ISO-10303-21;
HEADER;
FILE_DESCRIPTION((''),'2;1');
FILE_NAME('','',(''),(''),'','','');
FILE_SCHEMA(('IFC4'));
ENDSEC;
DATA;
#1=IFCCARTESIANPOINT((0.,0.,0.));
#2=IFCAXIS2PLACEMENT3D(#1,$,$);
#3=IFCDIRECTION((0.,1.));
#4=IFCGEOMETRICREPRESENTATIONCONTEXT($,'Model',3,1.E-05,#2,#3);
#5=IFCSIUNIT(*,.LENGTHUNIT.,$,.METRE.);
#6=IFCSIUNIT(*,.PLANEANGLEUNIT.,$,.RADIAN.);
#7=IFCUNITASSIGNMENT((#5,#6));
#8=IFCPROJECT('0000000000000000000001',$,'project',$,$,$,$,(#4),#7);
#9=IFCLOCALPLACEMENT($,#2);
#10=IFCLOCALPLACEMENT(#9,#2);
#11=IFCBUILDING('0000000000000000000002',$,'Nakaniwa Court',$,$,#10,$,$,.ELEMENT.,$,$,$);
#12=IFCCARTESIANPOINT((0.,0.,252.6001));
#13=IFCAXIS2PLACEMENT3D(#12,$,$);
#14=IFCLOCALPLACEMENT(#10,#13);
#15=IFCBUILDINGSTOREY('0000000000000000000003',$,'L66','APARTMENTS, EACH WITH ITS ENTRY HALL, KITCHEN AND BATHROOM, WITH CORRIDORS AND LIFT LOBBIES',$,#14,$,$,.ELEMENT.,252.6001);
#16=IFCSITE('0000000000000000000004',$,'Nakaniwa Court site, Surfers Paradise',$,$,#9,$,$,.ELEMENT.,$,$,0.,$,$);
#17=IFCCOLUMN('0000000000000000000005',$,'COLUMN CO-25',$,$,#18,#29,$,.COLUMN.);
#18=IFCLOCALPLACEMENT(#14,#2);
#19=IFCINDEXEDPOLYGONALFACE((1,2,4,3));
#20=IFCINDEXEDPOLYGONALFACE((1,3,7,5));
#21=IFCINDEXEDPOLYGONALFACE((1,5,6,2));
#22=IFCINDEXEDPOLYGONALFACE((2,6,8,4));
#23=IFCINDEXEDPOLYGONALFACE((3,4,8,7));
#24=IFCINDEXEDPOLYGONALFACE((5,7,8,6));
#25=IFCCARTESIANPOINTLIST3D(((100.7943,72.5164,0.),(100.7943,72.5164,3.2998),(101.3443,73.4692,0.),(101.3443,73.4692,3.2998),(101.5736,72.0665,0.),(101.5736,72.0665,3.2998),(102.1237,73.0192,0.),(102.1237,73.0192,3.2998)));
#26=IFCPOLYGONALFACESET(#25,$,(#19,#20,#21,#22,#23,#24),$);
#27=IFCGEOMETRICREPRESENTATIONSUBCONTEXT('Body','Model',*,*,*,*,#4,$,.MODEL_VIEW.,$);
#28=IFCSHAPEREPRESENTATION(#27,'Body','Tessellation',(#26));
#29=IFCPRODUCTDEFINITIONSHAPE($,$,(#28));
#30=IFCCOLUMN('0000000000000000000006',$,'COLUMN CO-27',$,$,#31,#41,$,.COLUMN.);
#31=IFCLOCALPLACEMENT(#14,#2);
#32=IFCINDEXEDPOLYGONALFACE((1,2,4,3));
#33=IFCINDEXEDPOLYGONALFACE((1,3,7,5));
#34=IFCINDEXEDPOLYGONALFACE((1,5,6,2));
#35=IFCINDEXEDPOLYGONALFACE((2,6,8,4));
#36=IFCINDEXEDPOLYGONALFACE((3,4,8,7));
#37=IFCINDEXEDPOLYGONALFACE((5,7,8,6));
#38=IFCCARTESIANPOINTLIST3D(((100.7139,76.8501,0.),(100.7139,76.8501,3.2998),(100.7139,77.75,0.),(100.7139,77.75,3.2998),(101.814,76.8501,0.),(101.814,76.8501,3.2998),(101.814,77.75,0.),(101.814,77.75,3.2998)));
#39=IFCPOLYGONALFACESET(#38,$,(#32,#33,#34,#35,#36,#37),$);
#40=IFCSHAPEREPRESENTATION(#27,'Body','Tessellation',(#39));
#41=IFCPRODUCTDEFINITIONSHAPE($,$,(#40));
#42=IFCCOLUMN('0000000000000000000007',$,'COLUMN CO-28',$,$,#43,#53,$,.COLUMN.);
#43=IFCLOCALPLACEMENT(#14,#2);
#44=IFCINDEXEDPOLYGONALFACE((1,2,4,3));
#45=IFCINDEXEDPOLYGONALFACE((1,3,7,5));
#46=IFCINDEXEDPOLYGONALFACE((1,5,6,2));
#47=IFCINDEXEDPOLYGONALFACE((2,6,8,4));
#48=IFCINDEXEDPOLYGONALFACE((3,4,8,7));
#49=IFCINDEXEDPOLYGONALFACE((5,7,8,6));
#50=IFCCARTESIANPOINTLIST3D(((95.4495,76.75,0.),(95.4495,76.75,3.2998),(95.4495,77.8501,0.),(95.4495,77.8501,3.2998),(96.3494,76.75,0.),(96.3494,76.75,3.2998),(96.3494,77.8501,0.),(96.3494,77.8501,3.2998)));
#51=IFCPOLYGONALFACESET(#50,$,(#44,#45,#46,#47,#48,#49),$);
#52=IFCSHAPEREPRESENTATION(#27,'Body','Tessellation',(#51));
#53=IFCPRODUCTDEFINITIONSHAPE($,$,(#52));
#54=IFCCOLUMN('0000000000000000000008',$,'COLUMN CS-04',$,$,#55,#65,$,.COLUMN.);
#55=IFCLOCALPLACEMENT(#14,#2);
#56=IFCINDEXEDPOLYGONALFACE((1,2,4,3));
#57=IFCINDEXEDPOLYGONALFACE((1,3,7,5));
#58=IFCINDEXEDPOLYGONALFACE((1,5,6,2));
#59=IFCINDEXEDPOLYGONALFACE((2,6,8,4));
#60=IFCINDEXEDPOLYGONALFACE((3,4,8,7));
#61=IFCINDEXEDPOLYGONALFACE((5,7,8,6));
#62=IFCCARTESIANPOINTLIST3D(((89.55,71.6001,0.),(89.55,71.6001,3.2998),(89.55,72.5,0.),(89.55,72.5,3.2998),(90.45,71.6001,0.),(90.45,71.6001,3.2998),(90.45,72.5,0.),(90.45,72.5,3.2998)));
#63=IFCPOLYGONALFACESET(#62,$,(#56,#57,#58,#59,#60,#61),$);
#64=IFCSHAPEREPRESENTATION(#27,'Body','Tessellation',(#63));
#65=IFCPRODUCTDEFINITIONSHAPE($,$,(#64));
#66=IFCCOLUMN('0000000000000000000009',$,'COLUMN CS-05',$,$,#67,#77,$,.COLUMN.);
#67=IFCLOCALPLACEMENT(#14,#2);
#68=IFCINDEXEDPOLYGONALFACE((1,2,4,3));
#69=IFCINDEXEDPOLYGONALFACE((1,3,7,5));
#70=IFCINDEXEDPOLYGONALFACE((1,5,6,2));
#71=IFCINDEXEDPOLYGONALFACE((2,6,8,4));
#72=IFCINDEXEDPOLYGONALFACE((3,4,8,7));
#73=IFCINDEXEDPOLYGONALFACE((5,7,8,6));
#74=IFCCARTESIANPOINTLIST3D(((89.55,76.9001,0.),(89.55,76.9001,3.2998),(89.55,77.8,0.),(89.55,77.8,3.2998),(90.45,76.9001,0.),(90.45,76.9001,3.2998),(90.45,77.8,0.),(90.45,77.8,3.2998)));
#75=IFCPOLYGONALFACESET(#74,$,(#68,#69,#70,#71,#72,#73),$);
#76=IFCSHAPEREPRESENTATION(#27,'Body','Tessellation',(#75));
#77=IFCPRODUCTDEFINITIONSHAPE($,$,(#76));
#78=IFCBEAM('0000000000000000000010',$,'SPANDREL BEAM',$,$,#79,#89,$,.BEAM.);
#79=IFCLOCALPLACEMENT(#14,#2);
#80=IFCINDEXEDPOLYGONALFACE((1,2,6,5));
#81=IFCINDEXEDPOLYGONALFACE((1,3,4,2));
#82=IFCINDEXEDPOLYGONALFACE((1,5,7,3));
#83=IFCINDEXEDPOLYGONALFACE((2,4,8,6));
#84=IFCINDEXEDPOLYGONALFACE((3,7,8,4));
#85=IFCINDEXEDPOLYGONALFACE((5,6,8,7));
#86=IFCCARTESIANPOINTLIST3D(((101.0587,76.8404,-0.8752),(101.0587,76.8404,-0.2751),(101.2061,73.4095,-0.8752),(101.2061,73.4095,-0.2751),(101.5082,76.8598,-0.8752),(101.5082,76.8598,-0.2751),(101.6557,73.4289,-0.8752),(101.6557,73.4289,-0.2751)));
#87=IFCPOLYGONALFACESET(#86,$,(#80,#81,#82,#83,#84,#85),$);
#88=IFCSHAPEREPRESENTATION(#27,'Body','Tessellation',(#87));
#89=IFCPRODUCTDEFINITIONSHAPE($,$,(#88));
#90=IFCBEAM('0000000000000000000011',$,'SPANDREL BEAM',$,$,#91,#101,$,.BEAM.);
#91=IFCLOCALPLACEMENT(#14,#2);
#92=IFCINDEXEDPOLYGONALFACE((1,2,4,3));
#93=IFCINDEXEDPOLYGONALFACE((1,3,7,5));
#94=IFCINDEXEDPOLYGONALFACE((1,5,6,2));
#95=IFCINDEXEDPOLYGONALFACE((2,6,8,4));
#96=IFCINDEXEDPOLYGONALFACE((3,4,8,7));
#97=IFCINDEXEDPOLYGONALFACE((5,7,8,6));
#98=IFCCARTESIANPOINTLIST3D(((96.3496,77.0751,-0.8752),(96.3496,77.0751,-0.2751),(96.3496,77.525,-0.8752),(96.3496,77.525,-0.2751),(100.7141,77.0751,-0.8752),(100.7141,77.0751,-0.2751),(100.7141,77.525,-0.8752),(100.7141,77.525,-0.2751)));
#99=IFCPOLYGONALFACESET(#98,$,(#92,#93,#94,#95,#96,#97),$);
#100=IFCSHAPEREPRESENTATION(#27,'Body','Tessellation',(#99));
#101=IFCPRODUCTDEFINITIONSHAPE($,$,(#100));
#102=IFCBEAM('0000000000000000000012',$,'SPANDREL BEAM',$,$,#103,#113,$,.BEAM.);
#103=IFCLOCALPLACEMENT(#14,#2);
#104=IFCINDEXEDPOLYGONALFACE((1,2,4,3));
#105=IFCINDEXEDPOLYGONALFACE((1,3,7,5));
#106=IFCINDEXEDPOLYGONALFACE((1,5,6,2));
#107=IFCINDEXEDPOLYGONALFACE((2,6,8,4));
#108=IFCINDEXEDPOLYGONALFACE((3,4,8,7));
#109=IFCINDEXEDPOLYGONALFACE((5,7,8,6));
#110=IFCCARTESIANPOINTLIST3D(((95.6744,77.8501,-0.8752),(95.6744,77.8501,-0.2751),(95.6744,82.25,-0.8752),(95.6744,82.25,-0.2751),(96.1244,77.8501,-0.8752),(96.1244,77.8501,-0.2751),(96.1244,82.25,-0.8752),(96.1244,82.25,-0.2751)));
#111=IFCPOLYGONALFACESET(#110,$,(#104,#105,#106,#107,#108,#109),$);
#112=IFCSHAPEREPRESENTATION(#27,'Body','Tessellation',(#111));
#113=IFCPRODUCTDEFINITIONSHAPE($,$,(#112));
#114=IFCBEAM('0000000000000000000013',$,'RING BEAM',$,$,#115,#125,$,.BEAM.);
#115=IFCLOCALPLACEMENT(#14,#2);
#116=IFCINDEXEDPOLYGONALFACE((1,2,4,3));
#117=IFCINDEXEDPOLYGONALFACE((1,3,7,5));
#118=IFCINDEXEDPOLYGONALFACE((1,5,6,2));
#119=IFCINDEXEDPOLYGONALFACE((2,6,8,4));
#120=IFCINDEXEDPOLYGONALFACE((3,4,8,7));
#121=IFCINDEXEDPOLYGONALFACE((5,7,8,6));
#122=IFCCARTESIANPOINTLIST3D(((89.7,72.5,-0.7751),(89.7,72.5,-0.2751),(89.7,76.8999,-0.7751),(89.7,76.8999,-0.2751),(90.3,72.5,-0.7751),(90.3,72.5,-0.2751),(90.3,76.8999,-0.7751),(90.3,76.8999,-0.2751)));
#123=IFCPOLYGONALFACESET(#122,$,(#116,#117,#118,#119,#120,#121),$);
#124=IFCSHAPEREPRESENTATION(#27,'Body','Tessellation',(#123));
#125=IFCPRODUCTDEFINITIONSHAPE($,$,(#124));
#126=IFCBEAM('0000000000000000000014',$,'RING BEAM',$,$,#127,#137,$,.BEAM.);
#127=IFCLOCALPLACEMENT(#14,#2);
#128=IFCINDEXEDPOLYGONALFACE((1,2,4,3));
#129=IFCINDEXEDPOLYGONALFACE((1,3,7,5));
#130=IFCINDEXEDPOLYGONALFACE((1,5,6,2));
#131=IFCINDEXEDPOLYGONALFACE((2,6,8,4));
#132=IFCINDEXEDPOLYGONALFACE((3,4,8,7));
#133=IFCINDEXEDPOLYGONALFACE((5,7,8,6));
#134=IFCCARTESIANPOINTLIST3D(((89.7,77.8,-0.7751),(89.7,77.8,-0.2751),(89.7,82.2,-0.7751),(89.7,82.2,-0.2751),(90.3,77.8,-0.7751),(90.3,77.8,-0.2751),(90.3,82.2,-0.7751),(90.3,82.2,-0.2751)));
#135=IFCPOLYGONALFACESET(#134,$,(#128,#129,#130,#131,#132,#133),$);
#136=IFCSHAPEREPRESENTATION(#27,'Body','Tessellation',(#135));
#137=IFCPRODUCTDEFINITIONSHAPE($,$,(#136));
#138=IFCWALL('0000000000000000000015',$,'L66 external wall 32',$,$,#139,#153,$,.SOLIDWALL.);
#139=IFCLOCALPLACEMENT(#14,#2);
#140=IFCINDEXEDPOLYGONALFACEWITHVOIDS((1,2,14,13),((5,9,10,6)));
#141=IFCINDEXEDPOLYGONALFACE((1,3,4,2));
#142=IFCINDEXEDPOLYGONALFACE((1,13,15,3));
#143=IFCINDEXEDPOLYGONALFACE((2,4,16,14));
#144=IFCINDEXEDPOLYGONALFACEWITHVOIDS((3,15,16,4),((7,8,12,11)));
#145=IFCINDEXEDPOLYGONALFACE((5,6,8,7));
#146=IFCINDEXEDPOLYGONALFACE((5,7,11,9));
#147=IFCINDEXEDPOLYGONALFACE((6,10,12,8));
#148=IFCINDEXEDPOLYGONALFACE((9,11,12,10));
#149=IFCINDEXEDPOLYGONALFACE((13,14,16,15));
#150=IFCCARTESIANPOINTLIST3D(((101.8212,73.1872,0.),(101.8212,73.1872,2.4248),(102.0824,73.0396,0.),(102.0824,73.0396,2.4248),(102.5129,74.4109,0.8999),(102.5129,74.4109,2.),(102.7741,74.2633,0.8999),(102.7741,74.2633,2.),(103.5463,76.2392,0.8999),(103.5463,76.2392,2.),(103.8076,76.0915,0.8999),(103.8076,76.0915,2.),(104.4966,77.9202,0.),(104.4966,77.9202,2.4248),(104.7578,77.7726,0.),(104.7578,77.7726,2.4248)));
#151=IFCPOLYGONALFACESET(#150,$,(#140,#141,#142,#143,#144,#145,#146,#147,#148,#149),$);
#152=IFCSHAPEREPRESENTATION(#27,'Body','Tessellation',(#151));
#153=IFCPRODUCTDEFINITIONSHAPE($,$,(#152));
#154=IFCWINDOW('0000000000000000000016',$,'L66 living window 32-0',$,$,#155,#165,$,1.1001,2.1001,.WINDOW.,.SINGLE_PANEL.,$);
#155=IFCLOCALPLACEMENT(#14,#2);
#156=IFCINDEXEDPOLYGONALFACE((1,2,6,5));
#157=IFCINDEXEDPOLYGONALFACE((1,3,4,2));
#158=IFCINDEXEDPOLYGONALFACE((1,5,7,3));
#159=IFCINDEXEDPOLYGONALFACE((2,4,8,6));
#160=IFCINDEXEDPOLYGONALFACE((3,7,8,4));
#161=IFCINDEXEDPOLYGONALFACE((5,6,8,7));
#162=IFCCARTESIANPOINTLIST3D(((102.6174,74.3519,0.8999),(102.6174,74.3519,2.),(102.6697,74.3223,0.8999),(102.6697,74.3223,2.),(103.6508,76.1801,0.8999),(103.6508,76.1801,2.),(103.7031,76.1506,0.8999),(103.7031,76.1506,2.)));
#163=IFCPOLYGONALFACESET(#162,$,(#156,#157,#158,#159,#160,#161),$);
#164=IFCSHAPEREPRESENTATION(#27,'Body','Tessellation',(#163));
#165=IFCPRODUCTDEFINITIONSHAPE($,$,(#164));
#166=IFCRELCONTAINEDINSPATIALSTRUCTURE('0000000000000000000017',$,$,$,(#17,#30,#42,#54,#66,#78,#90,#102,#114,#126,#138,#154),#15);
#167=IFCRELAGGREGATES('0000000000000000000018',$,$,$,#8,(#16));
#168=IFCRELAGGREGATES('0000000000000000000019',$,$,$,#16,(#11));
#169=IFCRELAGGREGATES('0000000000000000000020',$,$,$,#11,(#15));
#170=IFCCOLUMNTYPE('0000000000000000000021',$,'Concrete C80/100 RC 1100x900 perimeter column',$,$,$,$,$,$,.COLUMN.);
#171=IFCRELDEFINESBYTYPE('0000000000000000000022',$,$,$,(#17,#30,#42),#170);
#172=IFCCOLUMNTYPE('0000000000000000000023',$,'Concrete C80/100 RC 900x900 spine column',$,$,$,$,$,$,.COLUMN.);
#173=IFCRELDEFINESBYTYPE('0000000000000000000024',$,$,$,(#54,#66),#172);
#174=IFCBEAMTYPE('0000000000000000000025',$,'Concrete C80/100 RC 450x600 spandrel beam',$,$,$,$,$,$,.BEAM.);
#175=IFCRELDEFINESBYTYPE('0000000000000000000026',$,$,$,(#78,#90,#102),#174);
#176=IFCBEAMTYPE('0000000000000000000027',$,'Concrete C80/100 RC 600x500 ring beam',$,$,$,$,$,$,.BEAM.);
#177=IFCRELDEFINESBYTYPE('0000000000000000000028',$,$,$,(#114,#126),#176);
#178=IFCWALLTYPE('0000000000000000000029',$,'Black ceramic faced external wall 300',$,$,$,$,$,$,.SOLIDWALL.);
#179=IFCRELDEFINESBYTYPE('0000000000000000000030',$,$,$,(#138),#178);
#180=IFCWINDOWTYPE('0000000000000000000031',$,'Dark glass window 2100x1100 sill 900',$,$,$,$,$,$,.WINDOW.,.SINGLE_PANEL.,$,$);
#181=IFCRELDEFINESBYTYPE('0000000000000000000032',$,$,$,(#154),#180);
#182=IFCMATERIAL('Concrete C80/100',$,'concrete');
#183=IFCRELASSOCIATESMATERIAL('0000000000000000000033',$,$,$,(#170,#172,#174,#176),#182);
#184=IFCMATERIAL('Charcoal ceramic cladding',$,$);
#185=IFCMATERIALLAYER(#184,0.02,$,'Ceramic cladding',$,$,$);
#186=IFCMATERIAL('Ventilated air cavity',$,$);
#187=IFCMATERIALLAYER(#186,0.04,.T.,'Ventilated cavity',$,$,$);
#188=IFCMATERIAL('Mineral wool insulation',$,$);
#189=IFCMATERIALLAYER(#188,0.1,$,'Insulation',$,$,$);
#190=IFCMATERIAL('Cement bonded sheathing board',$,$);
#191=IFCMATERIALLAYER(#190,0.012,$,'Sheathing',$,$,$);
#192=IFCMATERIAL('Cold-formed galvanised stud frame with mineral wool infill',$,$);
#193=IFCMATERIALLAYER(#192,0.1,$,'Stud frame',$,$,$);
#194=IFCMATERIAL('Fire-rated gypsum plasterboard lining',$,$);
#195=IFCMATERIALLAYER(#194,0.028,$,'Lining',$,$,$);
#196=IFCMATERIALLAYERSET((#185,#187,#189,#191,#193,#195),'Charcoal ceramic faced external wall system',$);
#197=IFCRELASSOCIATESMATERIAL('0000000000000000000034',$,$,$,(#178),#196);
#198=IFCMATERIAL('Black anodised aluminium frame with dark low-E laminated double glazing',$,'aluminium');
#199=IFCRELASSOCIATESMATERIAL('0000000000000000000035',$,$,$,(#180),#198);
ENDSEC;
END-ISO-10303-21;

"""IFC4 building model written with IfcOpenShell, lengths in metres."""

from ifc_helpers import new_model, si_unit, direction, frame, frame_2d, origin, origin_2d, place, context, subcontext, project, spatial, rectangle, extrude, material, layer, layer_set, material_profile, profile_set, type_object, element, fill, save


model = new_model("IFC4")

# Units and contexts
model_context = context("Model", 3, precision=1e-05, world=origin(), true_north=direction((0.0, 1.0)))
body_context = subcontext(model_context, "Body", "Model", "MODEL_VIEW")
ifc_project = project(units=[si_unit("LENGTHUNIT", "METRE"), si_unit("PLANEANGLEUNIT", "RADIAN")], contexts=[model_context])

# Site, building, storey
site_placement = place(None, origin())
site = spatial("IfcSite", under=ifc_project, at=site_placement, Name="Nakaniwa Court site, Surfers Paradise", CompositionType="ELEMENT", RefElevation=0.0)
building_placement = place(site_placement, origin())
building = spatial("IfcBuilding", under=site, at=building_placement, Name="Nakaniwa Court", CompositionType="ELEMENT")
storey_placement = place(building_placement, frame((0.0, 0.0, 252.6001)))
storey = spatial("IfcBuildingStorey", under=building, at=storey_placement, Name="L66", Description="APARTMENTS, EACH WITH ITS ENTRY HALL, KITCHEN AND BATHROOM, WITH CORRIDORS AND LIFT LOBBIES", CompositionType="ELEMENT", Elevation=252.6001)

# Columns
ifc_material_1 = material(Name="Concrete C80/100", Category="concrete")
ifc_material_profile_1 = material_profile(ifc_material_1, rectangle(XDim=1.1001, YDim=0.8999, at=origin_2d()), Name="Concrete C80/100 RC 1100x900 perimeter column")
ifc_profile_set_1 = profile_set([ifc_material_profile_1], Name="Concrete C80/100")
column_type_1 = type_object("IfcColumnType", Name="Concrete C80/100 RC 1100x900 perimeter column", PredefinedType="COLUMN", material=ifc_profile_set_1)
for number, where, z_axis, x_axis, name in (
    (1, (101.459, 72.7678, 0.0), (0.0, 0.0, 1.0), (0.5, 0.866025, 0.0), "COLUMN CO-25"),
    (2, (101.2639, 77.3, 0.0), (0.0, 0.0, 1.0), (-1.0, 0.0, 0.0), "COLUMN CO-27"),
    (3, (95.8994, 77.3, 0.0), (0.0, 0.0, 1.0), (0.0, 1.0, 0.0), "COLUMN CO-28"),
):
    element("IfcColumn", number, at=place(storey_placement, frame(where, z_axis=z_axis, x_axis=x_axis)), inside=storey, type_object=column_type_1, Name=name, PredefinedType="COLUMN", context=body_context, shape_type="SweptSolid", body=[
        extrude(rectangle(XDim=1.1001, YDim=0.8999, at=origin_2d()), origin(), (0.0, 0.0, 1.0), 3.2998),
    ])
ifc_material_profile_2 = material_profile(ifc_material_1, rectangle(XDim=0.8999, YDim=0.8999, at=origin_2d()), Name="Concrete C80/100 RC 900x900 spine column")
ifc_profile_set_2 = profile_set([ifc_material_profile_2], Name="Concrete C80/100")
column_type_2 = type_object("IfcColumnType", Name="Concrete C80/100 RC 900x900 spine column", PredefinedType="COLUMN", material=ifc_profile_set_2)
for number, where, z_axis, x_axis, name in (
    (4, (90.0, 72.05, 0.0), (0.0, 0.0, 1.0), (0.0, 1.0, 0.0), "COLUMN CS-04"),
    (5, (90.0, 77.3501, 0.0), (0.0, 0.0, 1.0), (0.0, 1.0, 0.0), "COLUMN CS-05"),
):
    element("IfcColumn", number, at=place(storey_placement, frame(where, z_axis=z_axis, x_axis=x_axis)), inside=storey, type_object=column_type_2, Name=name, PredefinedType="COLUMN", context=body_context, shape_type="SweptSolid", body=[
        extrude(rectangle(XDim=0.8999, YDim=0.8999, at=origin_2d()), origin(), (0.0, 0.0, 1.0), 3.2998),
    ])

# Beams
ifc_material_profile_3 = material_profile(ifc_material_1, rectangle(XDim=0.45, YDim=0.6001, at=origin_2d()), Name="Concrete C80/100 RC 450x600 spandrel beam")
ifc_profile_set_3 = profile_set([ifc_material_profile_3], Name="Concrete C80/100")
beam_type_1 = type_object("IfcBeamType", Name="Concrete C80/100 RC 450x600 spandrel beam", PredefinedType="BEAM", material=ifc_profile_set_3)
beam_1_placement = place(storey_placement, frame((101.4309, 73.4192, -0.5752), z_axis=(-0.042941, 0.999078, 0.0), x_axis=(-0.999078, -0.042941, 0.0)))
element("IfcBeam", 6, at=beam_1_placement, inside=storey, type_object=beam_type_1, Name="SPANDREL BEAM", PredefinedType="BEAM", context=body_context, shape_type="SweptSolid", body=[
    extrude(rectangle(XDim=0.45, YDim=0.6001, at=origin_2d()), origin(), (0.0, 0.0, 1.0), 3.4341),
])
beam_2_placement = place(storey_placement, frame((100.7141, 77.3, -0.5752), z_axis=(-1.0, 0.0, 0.0), x_axis=(0.0, -1.0, 0.0)))
element("IfcBeam", 7, at=beam_2_placement, inside=storey, type_object=beam_type_1, Name="SPANDREL BEAM", PredefinedType="BEAM", context=body_context, shape_type="SweptSolid", body=[
    extrude(rectangle(XDim=0.45, YDim=0.6001, at=origin_2d()), origin(), (0.0, 0.0, 1.0), 4.3645),
])
beam_3_placement = place(storey_placement, frame((95.8994, 77.8501, -0.5752), z_axis=(0.0, 1.0, 0.0), x_axis=(-1.0, 0.0, 0.0)))
element("IfcBeam", 8, at=beam_3_placement, inside=storey, type_object=beam_type_1, Name="SPANDREL BEAM", PredefinedType="BEAM", context=body_context, shape_type="SweptSolid", body=[
    extrude(rectangle(XDim=0.45, YDim=0.6001, at=origin_2d()), origin(), (0.0, 0.0, 1.0), 4.3999),
])
ifc_material_profile_4 = material_profile(ifc_material_1, rectangle(XDim=0.6001, YDim=0.5, at=origin_2d()), Name="Concrete C80/100 RC 600x500 ring beam")
ifc_profile_set_4 = profile_set([ifc_material_profile_4], Name="Concrete C80/100")
beam_type_2 = type_object("IfcBeamType", Name="Concrete C80/100 RC 600x500 ring beam", PredefinedType="BEAM", material=ifc_profile_set_4)
for number, where, z_axis, x_axis, name in (
    (9, (90.0, 72.5, -0.5251), (0.0, 1.0, 0.0), (-1.0, 0.0, 0.0), "RING BEAM"),
    (10, (90.0, 77.8, -0.5251), (0.0, 1.0, 0.0), (-1.0, 0.0, 0.0), "RING BEAM"),
):
    element("IfcBeam", number, at=place(storey_placement, frame(where, z_axis=z_axis, x_axis=x_axis)), inside=storey, type_object=beam_type_2, Name=name, PredefinedType="BEAM", context=body_context, shape_type="SweptSolid", body=[
        extrude(rectangle(XDim=0.6001, YDim=0.5, at=origin_2d()), origin(), (0.0, 0.0, 1.0), 4.3999),
    ])

# Wall, opening, window
ifc_material_2 = material(Name="Charcoal ceramic cladding")
ifc_layer_1 = layer(ifc_material_2, 0.02, Name="Ceramic cladding")
ifc_material_3 = material(Name="Ventilated air cavity")
ifc_layer_2 = layer(ifc_material_3, 0.04, ventilated=True, Name="Ventilated cavity")
ifc_material_4 = material(Name="Mineral wool insulation")
ifc_layer_3 = layer(ifc_material_4, 0.1, Name="Insulation")
ifc_material_5 = material(Name="Cement bonded sheathing board")
ifc_layer_4 = layer(ifc_material_5, 0.012, Name="Sheathing")
ifc_material_6 = material(Name="Cold-formed galvanised stud frame with mineral wool infill")
ifc_layer_5 = layer(ifc_material_6, 0.1, Name="Stud frame")
ifc_material_7 = material(Name="Fire-rated gypsum plasterboard lining")
ifc_layer_6 = layer(ifc_material_7, 0.028, Name="Lining")
ifc_layer_set_1 = layer_set([ifc_layer_1, ifc_layer_2, ifc_layer_3, ifc_layer_4, ifc_layer_5, ifc_layer_6], Name="Charcoal ceramic faced external wall system")
wall_type_1 = type_object("IfcWallType", Name="Black ceramic faced external wall 300", PredefinedType="SOLIDWALL", material=ifc_layer_set_1)
wall_1_placement = place(storey_placement, frame((101.9519, 73.1135, 0.0), z_axis=(0.0, 0.0, 1.0), x_axis=(0.492081, 0.870549, 0.0)))
wall_1 = element("IfcWall", 11, at=wall_1_placement, inside=storey, type_object=wall_type_1, Name="L66 external wall 32", PredefinedType="SOLIDWALL", context=body_context, shape_type="SweptSolid", body=[
    extrude(rectangle(XDim=5.4368, YDim=0.3, at=frame_2d((2.7183, 0.0))), origin(), (0.0, 0.0, 1.0), 2.4248),
])
opening_1_placement = place(wall_1_placement, frame((1.4055, 0.0, 0.8999)))
opening_1 = element("IfcOpeningElement", 12, at=opening_1_placement, cuts=wall_1, PredefinedType="OPENING", context=body_context, shape_type="SweptSolid", body=[
    extrude(rectangle(XDim=2.1001, YDim=1.1001, at=frame_2d((1.05, 0.55))), frame((0.0, 0.1599, 0.0), z_axis=(0.0, -1.0, 0.0), x_axis=(1.0, 0.0, 0.0)), (0.0, 0.0, 1.0), 0.3201),
])
ifc_material_8 = material(Name="Black anodised aluminium frame with dark low-E laminated double glazing", Category="aluminium")
window_type_1 = type_object("IfcWindowType", Name="Dark glass window 2100x1100 sill 900", PartitioningType="SINGLE_PANEL", PredefinedType="WINDOW", material=ifc_material_8)
window_1_placement = place(opening_1_placement, origin())
window_1 = element("IfcWindow", 13, at=window_1_placement, inside=storey, type_object=window_type_1, Name="L66 living window 32-0", OverallHeight=1.1001, OverallWidth=2.1001, PartitioningType="SINGLE_PANEL", PredefinedType="WINDOW", context=body_context, shape_type="SweptSolid", body=[
    extrude(rectangle(XDim=2.1001, YDim=1.1001, at=frame_2d((1.05, 0.55))), frame((0.0, 0.03, 0.0), z_axis=(0.0, -1.0, 0.0), x_axis=(1.0, 0.0, 0.0)), (0.0, 0.0, 1.0), 0.0601),
])
fill(opening_1, window_1)

save(model, "model.ifc")
